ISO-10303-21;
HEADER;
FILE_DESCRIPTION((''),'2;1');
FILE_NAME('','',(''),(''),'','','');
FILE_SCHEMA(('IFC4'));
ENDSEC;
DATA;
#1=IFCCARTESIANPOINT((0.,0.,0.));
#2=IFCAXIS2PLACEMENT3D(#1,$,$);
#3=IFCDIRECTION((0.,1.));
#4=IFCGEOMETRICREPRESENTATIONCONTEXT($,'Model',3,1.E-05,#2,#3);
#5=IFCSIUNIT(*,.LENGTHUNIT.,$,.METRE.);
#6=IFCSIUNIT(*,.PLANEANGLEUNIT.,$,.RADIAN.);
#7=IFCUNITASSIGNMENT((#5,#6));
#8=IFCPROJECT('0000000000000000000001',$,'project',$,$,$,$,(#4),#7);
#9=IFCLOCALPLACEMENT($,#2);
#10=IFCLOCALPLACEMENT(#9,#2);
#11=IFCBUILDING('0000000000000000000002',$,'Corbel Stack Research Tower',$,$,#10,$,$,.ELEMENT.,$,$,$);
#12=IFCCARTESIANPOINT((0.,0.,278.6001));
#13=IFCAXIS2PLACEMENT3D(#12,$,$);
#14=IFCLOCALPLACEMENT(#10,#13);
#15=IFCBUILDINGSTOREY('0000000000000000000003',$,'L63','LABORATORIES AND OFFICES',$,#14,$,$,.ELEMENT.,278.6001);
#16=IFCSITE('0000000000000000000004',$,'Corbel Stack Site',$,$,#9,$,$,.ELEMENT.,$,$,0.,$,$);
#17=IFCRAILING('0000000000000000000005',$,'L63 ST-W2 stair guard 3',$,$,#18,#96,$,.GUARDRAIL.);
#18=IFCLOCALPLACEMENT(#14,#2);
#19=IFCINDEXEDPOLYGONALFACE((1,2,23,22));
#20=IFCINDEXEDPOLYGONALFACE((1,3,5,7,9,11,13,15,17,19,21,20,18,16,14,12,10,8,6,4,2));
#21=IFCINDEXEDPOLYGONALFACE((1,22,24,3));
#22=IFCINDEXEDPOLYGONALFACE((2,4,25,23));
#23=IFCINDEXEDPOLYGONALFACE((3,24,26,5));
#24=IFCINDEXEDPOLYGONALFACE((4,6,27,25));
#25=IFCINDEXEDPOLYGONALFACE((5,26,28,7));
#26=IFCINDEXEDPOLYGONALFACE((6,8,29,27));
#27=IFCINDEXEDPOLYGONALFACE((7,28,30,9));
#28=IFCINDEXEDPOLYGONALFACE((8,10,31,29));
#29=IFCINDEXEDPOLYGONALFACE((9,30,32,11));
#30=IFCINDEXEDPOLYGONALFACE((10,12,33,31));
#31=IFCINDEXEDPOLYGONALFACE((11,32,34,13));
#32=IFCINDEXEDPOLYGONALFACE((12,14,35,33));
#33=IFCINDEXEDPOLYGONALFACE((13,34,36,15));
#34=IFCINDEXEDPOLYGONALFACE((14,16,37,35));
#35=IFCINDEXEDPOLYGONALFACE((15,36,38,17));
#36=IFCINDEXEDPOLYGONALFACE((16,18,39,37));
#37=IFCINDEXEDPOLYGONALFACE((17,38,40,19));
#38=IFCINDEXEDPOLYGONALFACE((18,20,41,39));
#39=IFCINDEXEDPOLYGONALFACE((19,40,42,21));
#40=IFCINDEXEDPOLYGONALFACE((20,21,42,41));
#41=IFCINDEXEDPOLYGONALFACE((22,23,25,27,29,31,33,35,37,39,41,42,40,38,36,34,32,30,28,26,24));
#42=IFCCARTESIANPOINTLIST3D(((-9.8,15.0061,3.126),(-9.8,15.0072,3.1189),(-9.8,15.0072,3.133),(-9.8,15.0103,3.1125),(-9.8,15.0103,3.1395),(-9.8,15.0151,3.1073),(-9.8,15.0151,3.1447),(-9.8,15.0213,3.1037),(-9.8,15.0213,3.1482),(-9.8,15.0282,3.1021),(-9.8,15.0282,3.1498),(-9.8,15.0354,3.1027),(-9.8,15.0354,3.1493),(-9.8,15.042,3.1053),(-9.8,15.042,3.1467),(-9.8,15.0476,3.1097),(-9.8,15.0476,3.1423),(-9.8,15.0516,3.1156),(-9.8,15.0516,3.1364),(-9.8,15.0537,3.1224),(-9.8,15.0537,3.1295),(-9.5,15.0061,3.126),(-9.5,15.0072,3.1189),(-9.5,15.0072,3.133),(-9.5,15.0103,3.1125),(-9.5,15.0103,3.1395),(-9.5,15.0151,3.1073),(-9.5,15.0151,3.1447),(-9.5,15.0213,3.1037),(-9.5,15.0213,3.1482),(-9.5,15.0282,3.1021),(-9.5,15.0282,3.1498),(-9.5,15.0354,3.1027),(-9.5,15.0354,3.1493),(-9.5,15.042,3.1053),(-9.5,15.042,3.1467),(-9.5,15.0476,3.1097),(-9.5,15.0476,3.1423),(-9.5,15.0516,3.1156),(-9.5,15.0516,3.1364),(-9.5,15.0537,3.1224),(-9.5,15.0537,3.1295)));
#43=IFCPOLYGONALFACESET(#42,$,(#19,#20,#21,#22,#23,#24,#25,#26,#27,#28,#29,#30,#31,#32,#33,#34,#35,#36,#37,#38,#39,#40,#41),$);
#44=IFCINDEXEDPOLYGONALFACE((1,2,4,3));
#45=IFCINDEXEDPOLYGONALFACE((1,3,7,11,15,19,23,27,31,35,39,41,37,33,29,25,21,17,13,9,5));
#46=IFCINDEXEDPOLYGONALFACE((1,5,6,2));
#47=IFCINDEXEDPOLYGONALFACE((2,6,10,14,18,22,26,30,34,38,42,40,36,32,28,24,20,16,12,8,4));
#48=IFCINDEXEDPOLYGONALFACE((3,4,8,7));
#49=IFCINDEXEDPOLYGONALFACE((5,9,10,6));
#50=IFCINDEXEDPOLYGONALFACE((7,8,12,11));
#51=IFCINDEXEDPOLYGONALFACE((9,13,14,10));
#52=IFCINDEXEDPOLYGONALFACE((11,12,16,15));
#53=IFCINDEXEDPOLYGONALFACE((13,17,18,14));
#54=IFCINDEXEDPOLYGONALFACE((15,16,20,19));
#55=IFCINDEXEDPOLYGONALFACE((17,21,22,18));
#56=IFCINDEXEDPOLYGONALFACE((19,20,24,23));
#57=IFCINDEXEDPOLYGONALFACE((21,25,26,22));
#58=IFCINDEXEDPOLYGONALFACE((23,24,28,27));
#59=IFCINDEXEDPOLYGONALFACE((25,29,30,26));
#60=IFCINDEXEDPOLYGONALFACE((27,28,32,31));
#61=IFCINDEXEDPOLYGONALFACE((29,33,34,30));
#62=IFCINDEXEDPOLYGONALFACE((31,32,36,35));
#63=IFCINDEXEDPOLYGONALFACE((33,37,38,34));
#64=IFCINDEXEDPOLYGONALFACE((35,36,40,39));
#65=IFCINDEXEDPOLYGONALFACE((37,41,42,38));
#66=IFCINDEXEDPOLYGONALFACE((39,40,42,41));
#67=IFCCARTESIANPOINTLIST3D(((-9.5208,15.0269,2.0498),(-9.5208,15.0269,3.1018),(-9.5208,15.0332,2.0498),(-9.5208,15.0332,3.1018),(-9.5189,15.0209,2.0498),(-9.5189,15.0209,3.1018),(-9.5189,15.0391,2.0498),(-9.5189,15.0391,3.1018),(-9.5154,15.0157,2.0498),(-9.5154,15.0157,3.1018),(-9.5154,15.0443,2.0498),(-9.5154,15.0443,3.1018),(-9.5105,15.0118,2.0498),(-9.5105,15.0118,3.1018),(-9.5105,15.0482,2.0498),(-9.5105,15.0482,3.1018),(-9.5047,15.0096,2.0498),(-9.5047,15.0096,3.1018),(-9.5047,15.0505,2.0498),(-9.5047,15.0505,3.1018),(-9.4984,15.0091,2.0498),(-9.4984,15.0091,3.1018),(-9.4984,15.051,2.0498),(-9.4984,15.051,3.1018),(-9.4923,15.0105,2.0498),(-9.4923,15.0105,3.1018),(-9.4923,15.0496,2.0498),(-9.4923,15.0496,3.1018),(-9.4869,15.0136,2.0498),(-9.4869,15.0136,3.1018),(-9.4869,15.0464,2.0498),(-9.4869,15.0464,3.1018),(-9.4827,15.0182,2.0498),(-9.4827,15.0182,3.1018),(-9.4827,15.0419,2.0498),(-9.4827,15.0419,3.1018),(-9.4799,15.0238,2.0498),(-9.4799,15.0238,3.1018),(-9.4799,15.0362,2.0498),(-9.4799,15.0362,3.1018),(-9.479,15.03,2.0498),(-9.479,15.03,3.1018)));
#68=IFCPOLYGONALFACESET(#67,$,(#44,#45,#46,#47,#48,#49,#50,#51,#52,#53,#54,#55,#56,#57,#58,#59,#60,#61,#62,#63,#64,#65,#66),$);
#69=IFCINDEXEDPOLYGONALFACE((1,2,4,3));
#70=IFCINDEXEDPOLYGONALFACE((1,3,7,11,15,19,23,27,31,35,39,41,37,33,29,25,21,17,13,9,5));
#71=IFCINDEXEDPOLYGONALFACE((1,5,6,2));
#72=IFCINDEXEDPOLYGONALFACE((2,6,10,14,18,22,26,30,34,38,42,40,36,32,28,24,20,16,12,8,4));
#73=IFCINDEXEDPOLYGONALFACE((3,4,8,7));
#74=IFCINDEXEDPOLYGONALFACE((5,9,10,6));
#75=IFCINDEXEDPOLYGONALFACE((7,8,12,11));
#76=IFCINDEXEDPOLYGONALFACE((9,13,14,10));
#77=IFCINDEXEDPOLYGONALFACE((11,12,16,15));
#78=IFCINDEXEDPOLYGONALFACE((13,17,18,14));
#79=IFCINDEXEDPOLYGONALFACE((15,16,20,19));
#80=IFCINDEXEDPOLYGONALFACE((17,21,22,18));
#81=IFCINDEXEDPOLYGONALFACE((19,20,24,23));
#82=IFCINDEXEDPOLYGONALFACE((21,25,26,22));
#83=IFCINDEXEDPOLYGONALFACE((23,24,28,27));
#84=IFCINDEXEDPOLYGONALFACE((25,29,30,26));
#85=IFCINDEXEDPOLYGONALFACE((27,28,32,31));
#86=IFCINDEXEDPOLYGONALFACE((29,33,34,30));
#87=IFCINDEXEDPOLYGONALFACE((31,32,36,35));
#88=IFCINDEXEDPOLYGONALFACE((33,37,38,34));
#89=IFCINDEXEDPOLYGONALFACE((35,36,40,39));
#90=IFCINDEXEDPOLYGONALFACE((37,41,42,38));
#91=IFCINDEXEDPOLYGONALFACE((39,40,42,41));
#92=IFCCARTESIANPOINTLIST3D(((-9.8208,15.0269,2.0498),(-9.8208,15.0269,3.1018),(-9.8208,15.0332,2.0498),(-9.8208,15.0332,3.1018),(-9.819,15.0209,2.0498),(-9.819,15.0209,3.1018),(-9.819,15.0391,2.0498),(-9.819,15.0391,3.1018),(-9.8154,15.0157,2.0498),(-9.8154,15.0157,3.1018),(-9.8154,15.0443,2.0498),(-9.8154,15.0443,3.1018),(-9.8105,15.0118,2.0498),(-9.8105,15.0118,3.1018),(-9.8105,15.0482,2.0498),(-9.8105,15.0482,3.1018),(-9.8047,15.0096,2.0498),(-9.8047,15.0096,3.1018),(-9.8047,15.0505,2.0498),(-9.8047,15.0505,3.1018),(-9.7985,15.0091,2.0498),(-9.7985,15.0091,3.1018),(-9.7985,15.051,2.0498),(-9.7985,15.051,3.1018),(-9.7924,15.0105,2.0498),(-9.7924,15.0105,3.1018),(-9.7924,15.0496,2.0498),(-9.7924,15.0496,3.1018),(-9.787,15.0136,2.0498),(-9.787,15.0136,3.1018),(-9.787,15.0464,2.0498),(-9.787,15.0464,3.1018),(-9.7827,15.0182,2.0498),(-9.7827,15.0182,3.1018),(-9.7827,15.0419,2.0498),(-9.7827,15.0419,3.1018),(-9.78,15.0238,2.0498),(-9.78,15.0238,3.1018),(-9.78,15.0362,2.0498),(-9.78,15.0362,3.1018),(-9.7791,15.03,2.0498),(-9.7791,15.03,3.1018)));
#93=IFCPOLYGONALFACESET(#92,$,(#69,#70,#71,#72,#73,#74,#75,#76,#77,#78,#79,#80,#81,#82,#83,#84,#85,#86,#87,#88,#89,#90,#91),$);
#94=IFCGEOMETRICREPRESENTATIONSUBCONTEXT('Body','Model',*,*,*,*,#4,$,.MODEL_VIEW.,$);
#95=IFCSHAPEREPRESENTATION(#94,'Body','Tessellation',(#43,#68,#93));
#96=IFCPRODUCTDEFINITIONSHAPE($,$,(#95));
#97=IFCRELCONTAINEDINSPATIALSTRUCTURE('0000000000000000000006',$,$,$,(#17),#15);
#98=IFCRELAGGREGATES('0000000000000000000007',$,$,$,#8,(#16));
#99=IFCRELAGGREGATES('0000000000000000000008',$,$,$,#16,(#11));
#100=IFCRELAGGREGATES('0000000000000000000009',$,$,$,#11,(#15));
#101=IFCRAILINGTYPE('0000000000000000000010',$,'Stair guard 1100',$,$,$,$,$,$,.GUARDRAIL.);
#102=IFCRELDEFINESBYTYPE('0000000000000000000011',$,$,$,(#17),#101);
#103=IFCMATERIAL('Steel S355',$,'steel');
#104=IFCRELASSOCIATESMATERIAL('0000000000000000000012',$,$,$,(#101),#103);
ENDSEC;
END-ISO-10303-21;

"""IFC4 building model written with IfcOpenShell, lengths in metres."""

from ifc_helpers import new_model, si_unit, direction, frame, origin, origin_2d, place, context, subcontext, project, spatial, circle, extrude, material, type_object, element, save


model = new_model("IFC4")

# Units and contexts
model_context = context("Model", 3, precision=1e-05, world=origin(), true_north=direction((0.0, 1.0)))
body_context = subcontext(model_context, "Body", "Model", "MODEL_VIEW")
ifc_project = project(units=[si_unit("LENGTHUNIT", "METRE"), si_unit("PLANEANGLEUNIT", "RADIAN")], contexts=[model_context])

# Site, building, storey
site_placement = place(None, origin())
site = spatial("IfcSite", under=ifc_project, at=site_placement, Name="Corbel Stack Site", CompositionType="ELEMENT", RefElevation=0.0)
building_placement = place(site_placement, origin())
building = spatial("IfcBuilding", under=site, at=building_placement, Name="Corbel Stack Research Tower", CompositionType="ELEMENT")
storey_placement = place(building_placement, frame((0.0, 0.0, 278.6001)))
storey = spatial("IfcBuildingStorey", under=building, at=storey_placement, Name="L63", Description="LABORATORIES AND OFFICES", CompositionType="ELEMENT", Elevation=278.6001)

# Railing
ifc_material_1 = material(Name="Steel S355", Category="steel")
railing_type = type_object("IfcRailingType", Name="Stair guard 1100", PredefinedType="GUARDRAIL", material=ifc_material_1)
railing_1_placement = place(storey_placement, frame((-9.5, 15.03, 2.0498)))
element("IfcRailing", 1, at=railing_1_placement, inside=storey, type_object=railing_type, Name="L63 ST-W2 stair guard 3", PredefinedType="GUARDRAIL", context=body_context, shape_type="SweptSolid", body=[
    extrude(circle(Radius=0.0239, at=origin_2d()), frame((0.0, 0.0, 1.0762), z_axis=(-1.0, 0.0, 0.0), x_axis=(0.0, -1.0, 0.0)), (0.0, 0.0, 1.0), 0.3),
    extrude(circle(Radius=0.021, at=origin_2d()), origin(), (0.0, 0.0, 1.0), 1.052),
    extrude(circle(Radius=0.021, at=origin_2d()), frame((-0.3, 0.0, 0.0)), (0.0, 0.0, 1.0), 1.052),
])

save(model, "model.ifc")
